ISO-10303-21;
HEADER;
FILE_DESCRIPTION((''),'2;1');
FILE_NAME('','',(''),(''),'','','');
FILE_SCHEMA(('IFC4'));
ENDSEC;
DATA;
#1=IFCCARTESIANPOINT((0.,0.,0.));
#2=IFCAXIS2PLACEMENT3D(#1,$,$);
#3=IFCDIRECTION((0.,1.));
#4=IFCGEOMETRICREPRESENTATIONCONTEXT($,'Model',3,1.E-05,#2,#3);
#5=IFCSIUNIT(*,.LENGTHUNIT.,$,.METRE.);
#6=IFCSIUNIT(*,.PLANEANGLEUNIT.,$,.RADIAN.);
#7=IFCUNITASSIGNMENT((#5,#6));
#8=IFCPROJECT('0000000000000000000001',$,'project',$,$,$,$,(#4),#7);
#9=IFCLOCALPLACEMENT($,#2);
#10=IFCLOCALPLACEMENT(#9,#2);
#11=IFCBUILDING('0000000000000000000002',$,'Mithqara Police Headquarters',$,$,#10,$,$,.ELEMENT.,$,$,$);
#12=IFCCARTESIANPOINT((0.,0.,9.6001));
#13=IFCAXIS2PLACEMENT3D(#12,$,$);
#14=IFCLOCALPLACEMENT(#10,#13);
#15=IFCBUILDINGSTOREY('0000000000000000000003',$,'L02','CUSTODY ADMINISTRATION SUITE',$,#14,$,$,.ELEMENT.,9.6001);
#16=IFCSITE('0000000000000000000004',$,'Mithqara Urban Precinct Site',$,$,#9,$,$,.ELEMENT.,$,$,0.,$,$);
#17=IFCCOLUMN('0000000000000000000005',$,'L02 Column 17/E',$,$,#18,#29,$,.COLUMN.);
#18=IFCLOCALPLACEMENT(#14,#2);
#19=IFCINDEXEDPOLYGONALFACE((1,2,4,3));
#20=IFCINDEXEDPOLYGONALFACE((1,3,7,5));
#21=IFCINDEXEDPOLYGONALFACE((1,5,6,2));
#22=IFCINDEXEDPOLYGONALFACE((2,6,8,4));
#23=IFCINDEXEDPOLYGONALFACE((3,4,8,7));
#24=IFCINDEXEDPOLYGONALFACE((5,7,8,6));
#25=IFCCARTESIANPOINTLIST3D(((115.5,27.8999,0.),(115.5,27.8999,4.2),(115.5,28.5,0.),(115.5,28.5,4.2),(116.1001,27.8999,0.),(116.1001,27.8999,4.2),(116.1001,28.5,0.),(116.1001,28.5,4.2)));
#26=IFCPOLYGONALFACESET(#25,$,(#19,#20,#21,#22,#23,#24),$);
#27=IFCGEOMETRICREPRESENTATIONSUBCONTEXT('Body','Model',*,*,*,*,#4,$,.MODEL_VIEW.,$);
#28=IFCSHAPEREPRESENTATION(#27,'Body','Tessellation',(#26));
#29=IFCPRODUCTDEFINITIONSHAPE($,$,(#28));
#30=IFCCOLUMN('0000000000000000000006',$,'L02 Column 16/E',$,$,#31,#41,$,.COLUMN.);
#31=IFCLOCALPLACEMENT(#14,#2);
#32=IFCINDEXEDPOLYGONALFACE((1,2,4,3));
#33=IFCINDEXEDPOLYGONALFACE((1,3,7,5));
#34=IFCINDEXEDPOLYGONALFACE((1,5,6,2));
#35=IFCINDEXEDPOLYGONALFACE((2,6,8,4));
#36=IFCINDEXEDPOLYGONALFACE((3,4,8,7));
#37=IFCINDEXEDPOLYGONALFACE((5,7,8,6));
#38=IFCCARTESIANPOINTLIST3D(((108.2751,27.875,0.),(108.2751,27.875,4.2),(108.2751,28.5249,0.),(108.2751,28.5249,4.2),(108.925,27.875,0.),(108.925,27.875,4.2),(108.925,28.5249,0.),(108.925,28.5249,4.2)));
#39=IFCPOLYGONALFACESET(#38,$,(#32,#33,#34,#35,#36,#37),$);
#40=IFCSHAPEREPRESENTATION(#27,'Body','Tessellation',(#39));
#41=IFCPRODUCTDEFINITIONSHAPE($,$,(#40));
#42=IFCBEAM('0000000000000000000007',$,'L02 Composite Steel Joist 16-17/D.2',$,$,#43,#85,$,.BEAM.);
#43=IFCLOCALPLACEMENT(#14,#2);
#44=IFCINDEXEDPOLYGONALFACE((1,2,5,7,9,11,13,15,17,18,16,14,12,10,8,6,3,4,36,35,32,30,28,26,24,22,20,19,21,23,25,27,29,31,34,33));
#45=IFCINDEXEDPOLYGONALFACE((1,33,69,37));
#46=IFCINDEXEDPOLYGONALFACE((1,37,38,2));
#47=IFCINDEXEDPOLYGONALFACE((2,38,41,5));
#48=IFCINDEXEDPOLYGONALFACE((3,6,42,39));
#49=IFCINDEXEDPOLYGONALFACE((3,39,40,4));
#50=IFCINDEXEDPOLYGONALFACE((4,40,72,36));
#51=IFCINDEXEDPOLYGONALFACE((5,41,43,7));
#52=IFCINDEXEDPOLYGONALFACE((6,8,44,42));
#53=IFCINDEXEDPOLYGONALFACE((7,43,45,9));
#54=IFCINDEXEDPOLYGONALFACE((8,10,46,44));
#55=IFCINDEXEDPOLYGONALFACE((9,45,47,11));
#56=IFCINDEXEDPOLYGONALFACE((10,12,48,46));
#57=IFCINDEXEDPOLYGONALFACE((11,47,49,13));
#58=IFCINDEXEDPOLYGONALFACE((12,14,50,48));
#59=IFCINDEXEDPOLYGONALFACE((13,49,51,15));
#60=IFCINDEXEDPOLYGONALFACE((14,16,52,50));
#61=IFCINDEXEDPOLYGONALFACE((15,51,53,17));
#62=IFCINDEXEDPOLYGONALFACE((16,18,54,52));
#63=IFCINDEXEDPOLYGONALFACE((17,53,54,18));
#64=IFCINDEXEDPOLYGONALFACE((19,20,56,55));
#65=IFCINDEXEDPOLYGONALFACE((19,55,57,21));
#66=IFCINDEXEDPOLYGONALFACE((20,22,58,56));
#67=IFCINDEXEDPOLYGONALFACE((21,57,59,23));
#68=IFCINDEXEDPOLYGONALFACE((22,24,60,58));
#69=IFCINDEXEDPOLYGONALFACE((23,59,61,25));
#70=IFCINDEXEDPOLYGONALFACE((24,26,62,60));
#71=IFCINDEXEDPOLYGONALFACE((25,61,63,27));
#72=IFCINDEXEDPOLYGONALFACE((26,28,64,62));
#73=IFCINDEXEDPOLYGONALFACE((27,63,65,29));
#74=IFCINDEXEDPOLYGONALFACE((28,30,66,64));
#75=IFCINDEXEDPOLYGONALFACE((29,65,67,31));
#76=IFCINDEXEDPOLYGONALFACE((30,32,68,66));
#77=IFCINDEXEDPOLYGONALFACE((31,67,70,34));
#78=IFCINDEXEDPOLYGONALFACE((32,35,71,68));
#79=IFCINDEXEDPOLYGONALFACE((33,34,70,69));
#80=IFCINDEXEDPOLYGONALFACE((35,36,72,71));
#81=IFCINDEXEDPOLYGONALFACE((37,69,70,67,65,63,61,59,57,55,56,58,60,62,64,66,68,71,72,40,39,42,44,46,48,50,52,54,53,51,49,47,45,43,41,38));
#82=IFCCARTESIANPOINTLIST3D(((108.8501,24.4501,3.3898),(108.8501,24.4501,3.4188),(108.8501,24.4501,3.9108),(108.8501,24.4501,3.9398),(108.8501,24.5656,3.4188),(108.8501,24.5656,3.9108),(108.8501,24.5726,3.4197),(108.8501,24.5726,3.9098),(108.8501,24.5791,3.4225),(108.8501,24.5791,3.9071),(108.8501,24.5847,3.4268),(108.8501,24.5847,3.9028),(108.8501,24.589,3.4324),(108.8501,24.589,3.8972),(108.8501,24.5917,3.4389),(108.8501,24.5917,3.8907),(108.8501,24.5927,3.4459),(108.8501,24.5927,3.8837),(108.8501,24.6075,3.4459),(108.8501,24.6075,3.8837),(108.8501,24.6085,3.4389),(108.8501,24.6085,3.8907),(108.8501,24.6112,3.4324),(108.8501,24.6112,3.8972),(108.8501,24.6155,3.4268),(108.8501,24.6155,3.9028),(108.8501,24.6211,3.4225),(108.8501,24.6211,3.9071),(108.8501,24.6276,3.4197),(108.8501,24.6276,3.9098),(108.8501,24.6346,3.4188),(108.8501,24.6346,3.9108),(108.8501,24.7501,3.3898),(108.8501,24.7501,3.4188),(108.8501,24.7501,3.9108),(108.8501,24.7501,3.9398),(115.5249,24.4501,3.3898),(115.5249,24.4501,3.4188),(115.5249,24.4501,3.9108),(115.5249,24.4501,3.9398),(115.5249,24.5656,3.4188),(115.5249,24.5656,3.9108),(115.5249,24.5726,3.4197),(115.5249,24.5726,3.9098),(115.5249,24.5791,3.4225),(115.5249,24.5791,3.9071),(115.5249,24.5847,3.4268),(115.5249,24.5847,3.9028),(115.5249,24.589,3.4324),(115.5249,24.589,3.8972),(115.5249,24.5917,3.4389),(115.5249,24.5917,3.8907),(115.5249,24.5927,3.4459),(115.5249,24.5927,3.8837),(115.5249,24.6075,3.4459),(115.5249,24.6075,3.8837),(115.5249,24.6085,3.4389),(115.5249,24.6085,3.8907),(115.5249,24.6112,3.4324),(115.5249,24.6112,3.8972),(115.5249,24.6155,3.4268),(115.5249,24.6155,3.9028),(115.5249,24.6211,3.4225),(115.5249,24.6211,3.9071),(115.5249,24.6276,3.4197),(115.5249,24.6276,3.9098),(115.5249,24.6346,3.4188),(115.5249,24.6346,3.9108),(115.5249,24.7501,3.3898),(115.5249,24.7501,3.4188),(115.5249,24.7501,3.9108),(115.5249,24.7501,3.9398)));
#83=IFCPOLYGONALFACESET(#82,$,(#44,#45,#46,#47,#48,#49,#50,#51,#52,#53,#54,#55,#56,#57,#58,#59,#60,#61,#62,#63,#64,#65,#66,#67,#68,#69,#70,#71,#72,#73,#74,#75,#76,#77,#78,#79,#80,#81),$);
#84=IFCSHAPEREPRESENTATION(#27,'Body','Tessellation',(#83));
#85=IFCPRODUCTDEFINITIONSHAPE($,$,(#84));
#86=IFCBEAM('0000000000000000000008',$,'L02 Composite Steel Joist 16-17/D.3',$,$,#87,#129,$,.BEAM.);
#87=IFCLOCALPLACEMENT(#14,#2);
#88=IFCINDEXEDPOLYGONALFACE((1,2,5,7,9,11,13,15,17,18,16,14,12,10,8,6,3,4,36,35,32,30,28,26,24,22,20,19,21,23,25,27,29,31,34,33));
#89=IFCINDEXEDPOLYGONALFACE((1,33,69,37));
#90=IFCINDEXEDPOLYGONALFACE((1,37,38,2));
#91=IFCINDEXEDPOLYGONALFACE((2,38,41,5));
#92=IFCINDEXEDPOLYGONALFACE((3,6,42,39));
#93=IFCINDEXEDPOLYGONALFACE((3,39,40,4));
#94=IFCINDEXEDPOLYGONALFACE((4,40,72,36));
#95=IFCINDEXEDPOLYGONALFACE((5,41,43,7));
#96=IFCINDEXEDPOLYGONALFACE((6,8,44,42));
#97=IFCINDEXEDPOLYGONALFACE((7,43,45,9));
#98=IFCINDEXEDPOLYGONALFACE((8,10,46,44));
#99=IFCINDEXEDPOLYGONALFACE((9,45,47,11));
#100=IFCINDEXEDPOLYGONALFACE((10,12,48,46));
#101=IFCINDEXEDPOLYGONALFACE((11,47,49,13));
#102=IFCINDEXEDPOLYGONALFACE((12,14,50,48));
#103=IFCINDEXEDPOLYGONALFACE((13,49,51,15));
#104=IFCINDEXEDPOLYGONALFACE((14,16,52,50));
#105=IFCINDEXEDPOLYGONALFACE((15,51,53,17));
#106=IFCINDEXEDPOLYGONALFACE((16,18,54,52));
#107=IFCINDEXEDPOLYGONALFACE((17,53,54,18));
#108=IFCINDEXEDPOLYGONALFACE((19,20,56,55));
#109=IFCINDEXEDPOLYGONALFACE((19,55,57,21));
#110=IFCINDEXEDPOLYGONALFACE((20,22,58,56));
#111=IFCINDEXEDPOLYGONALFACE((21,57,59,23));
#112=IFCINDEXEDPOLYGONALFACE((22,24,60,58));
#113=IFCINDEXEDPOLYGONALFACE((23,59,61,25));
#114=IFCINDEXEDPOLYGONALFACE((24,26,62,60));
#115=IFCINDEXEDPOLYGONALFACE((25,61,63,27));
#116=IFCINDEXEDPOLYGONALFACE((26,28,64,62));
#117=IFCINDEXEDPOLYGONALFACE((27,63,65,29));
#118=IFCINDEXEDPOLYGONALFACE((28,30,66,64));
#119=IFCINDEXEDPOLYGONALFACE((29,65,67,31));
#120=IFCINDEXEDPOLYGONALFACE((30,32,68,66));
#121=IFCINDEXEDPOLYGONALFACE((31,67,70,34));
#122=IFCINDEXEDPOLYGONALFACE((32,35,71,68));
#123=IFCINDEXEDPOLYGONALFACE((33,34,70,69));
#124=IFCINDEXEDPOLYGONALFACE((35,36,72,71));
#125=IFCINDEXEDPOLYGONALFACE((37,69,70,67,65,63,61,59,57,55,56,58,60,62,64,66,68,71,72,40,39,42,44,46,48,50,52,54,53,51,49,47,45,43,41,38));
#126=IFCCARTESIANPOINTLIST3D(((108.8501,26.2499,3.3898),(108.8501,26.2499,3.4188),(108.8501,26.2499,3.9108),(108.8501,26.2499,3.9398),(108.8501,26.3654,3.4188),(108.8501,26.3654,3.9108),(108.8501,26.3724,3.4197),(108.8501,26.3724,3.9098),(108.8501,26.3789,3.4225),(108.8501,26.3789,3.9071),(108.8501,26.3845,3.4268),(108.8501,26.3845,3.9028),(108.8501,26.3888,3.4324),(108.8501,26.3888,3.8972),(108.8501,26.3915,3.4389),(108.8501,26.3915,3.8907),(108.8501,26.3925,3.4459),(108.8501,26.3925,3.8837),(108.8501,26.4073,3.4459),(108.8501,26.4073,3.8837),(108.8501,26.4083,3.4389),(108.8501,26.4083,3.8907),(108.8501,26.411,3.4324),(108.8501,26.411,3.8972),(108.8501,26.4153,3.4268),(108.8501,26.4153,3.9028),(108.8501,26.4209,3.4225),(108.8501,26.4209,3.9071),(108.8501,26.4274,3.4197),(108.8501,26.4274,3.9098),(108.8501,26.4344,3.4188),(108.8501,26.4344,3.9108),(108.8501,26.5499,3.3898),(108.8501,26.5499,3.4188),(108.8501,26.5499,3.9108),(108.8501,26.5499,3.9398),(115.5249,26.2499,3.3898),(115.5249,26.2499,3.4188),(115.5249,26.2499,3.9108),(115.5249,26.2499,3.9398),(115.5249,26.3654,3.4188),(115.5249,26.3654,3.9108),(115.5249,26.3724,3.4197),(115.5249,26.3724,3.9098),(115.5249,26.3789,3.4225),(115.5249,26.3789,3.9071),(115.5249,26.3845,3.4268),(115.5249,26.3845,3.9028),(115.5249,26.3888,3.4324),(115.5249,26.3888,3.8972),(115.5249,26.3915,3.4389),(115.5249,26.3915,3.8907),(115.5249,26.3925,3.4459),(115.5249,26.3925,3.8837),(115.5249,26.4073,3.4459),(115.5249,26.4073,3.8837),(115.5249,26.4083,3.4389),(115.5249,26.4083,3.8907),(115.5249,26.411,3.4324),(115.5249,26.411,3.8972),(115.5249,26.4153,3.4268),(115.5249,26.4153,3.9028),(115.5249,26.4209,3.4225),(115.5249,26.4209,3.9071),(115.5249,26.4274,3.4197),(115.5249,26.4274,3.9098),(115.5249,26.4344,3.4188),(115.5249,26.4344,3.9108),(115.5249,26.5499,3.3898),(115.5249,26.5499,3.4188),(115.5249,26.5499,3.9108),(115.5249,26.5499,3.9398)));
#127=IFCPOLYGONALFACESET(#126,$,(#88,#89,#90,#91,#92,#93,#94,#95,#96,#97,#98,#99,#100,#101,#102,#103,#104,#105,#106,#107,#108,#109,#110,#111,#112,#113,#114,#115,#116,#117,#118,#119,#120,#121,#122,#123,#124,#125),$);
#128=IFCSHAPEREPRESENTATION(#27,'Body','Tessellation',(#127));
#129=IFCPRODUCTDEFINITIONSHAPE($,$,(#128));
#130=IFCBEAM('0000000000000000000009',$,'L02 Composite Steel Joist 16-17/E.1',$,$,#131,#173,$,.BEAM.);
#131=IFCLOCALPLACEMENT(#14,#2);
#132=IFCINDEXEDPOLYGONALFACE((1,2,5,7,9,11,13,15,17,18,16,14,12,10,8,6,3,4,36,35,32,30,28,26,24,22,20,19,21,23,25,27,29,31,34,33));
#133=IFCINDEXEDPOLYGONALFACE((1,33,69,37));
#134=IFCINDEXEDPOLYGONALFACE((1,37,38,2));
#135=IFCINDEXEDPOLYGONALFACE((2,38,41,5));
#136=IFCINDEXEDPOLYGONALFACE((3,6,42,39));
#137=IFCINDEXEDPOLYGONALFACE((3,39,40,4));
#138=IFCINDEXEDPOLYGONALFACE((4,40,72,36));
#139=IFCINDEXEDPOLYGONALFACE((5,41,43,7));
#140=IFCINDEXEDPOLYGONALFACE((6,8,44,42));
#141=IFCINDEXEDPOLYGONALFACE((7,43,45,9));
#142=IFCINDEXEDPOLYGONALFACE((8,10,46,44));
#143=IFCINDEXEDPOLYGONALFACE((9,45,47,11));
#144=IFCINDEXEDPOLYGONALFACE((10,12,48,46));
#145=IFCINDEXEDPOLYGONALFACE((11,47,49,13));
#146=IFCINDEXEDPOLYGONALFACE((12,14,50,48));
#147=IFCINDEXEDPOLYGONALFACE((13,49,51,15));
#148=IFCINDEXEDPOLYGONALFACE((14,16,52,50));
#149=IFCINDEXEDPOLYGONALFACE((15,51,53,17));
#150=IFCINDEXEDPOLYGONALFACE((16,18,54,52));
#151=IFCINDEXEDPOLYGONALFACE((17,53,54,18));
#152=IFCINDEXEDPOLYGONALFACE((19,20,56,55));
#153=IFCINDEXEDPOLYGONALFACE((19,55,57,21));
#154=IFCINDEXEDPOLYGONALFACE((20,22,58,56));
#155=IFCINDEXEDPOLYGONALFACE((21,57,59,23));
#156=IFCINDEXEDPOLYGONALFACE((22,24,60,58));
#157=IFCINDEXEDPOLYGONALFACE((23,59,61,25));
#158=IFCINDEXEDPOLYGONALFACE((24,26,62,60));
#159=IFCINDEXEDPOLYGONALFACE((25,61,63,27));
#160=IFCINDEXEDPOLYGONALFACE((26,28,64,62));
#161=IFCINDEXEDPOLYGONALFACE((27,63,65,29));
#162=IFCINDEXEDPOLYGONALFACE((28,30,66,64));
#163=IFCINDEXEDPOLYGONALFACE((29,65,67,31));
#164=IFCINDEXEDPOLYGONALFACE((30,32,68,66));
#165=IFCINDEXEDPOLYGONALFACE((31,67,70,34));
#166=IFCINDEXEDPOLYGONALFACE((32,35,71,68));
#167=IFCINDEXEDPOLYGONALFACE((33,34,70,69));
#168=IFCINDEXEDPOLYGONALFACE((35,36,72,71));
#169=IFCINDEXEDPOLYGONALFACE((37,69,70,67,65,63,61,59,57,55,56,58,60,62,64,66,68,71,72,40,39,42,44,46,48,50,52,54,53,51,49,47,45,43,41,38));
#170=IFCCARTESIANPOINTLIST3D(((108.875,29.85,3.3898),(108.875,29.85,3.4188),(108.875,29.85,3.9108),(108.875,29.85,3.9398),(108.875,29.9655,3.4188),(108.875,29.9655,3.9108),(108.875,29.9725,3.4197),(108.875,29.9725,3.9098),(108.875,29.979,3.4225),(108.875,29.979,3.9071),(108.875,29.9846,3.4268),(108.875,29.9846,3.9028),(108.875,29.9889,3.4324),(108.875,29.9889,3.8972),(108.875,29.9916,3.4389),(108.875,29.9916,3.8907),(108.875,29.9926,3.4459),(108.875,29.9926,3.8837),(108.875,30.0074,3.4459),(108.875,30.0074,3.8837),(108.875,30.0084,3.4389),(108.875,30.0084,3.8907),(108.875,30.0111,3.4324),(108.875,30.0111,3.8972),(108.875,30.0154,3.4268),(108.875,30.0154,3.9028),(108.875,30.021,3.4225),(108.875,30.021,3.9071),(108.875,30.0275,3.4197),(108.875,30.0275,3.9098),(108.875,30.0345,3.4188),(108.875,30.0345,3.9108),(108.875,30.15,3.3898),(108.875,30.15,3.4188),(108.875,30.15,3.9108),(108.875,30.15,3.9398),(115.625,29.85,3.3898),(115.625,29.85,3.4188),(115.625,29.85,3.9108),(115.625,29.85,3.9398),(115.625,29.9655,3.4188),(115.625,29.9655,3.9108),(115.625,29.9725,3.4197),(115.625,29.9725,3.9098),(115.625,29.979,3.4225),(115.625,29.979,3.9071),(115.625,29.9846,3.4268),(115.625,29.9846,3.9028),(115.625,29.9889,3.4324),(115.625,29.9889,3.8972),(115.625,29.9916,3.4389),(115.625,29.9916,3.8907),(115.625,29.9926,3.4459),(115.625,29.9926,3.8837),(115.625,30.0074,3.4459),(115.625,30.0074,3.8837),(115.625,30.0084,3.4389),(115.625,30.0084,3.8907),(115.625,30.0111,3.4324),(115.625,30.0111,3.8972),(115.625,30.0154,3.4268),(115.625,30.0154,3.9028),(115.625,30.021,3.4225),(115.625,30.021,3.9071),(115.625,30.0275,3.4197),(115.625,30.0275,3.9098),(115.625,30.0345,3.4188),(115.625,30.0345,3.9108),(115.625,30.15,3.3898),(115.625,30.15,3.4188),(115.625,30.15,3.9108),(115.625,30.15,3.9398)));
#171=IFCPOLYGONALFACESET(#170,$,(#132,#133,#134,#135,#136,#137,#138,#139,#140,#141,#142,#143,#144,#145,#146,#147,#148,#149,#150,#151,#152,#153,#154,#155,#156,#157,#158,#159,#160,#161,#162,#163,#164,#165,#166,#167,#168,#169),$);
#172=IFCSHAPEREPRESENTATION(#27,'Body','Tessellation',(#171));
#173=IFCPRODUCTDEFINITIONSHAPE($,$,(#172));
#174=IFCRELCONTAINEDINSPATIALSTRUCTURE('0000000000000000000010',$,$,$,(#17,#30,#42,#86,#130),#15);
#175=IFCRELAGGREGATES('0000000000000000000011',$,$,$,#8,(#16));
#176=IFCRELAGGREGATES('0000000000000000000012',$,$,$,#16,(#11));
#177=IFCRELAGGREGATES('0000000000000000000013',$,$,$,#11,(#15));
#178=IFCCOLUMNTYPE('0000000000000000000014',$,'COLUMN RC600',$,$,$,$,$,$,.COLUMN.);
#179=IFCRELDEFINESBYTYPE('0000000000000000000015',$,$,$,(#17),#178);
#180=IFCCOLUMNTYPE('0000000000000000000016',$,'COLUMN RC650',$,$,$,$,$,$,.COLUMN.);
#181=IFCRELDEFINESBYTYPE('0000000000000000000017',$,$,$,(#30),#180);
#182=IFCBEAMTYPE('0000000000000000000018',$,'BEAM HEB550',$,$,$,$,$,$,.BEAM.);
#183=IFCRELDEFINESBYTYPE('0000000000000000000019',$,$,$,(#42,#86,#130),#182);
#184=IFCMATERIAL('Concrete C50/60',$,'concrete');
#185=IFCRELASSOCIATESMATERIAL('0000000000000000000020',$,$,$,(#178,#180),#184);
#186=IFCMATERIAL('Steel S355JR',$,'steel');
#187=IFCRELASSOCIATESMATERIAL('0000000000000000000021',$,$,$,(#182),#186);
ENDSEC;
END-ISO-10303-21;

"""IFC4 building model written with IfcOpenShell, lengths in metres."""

from ifc_helpers import new_model, si_unit, direction, frame, origin, origin_2d, place, context, subcontext, project, spatial, rectangle, i_section, extrude, material, material_profile, profile_set, type_object, element, save


model = new_model("IFC4")

# Units and contexts
model_context = context("Model", 3, precision=1e-05, world=origin(), true_north=direction((0.0, 1.0)))
body_context = subcontext(model_context, "Body", "Model", "MODEL_VIEW")
ifc_project = project(units=[si_unit("LENGTHUNIT", "METRE"), si_unit("PLANEANGLEUNIT", "RADIAN")], contexts=[model_context])

# Site, building, storey
site_placement = place(None, origin())
site = spatial("IfcSite", under=ifc_project, at=site_placement, Name="Mithqara Urban Precinct Site", CompositionType="ELEMENT", RefElevation=0.0)
building_placement = place(site_placement, origin())
building = spatial("IfcBuilding", under=site, at=building_placement, Name="Mithqara Police Headquarters", CompositionType="ELEMENT")
storey_placement = place(building_placement, frame((0.0, 0.0, 9.6001)))
storey = spatial("IfcBuildingStorey", under=building, at=storey_placement, Name="L02", Description="CUSTODY ADMINISTRATION SUITE", CompositionType="ELEMENT", Elevation=9.6001)

# Columns
ifc_material_1 = material(Name="Concrete C50/60", Category="concrete")
ifc_material_profile_1 = material_profile(ifc_material_1, rectangle(XDim=0.6001, YDim=0.6001, at=origin_2d()), Name="RC 600x600")
ifc_profile_set_1 = profile_set([ifc_material_profile_1], Name="Concrete C50/60")
column_type_1 = type_object("IfcColumnType", Name="COLUMN RC600", PredefinedType="COLUMN", material=ifc_profile_set_1)
column_1_placement = place(storey_placement, frame((115.8, 28.2, 0.0), z_axis=(0.0, 0.0, 1.0), x_axis=(1.0, 0.0, 0.0)))
element("IfcColumn", 1, at=column_1_placement, inside=storey, type_object=column_type_1, Name="L02 Column 17/E", PredefinedType="COLUMN", context=body_context, shape_type="SweptSolid", body=[
    extrude(rectangle(XDim=0.6001, YDim=0.6001, at=origin_2d()), origin(), (0.0, 0.0, 1.0), 4.2),
])
ifc_material_profile_2 = material_profile(ifc_material_1, rectangle(XDim=0.6499, YDim=0.6499, at=origin_2d()), Name="RC 650x650")
ifc_profile_set_2 = profile_set([ifc_material_profile_2], Name="Concrete C50/60")
column_type_2 = type_object("IfcColumnType", Name="COLUMN RC650", PredefinedType="COLUMN", material=ifc_profile_set_2)
column_2_placement = place(storey_placement, frame((108.6001, 28.2, 0.0), z_axis=(0.0, 0.0, 1.0), x_axis=(1.0, 0.0, 0.0)))
element("IfcColumn", 2, at=column_2_placement, inside=storey, type_object=column_type_2, Name="L02 Column 16/E", PredefinedType="COLUMN", context=body_context, shape_type="SweptSolid", body=[
    extrude(rectangle(XDim=0.6499, YDim=0.6499, at=origin_2d()), origin(), (0.0, 0.0, 1.0), 4.2),
])

# Beams
ifc_material_2 = material(Name="Steel S355JR", Category="steel")
ifc_material_profile_3 = material_profile(ifc_material_2, i_section(OverallWidth=0.3, OverallDepth=0.55, WebThickness=0.0149, FlangeThickness=0.0291, FilletRadius=0.0271, at=origin_2d()), Name="HEB 550")
ifc_profile_set_3 = profile_set([ifc_material_profile_3], Name="Steel S355JR")
beam_type_1 = type_object("IfcBeamType", Name="BEAM HEB550", PredefinedType="BEAM", material=ifc_profile_set_3)
for number, where, z_axis, x_axis, name in (
    (3, (108.8501, 24.6001, 3.6648), (1.0, 0.0, 0.0), (0.0, 1.0, 0.0), "L02 Composite Steel Joist 16-17/D.2"),
    (4, (108.8501, 26.3999, 3.6648), (1.0, 0.0, 0.0), (0.0, 1.0, 0.0), "L02 Composite Steel Joist 16-17/D.3"),
):
    element("IfcBeam", number, at=place(storey_placement, frame(where, z_axis=z_axis, x_axis=x_axis)), inside=storey, type_object=beam_type_1, Name=name, PredefinedType="BEAM", context=body_context, shape_type="SweptSolid", body=[
        extrude(i_section(OverallWidth=0.3, OverallDepth=0.55, WebThickness=0.0149, FlangeThickness=0.0291, FilletRadius=0.0271, at=origin_2d()), origin(), (0.0, 0.0, 1.0), 6.6748),
    ])
for number, where, z_axis, x_axis, name in (
    (5, (108.875, 30.0, 3.6648), (1.0, 0.0, 0.0), (0.0, 1.0, 0.0), "L02 Composite Steel Joist 16-17/E.1"),
):
    element("IfcBeam", number, at=place(storey_placement, frame(where, z_axis=z_axis, x_axis=x_axis)), inside=storey, type_object=beam_type_1, Name=name, PredefinedType="BEAM", context=body_context, shape_type="SweptSolid", body=[
        extrude(i_section(OverallWidth=0.3, OverallDepth=0.55, WebThickness=0.0149, FlangeThickness=0.0291, FilletRadius=0.0271, at=origin_2d()), origin(), (0.0, 0.0, 1.0), 6.75),
    ])

save(model, "model.ifc")
